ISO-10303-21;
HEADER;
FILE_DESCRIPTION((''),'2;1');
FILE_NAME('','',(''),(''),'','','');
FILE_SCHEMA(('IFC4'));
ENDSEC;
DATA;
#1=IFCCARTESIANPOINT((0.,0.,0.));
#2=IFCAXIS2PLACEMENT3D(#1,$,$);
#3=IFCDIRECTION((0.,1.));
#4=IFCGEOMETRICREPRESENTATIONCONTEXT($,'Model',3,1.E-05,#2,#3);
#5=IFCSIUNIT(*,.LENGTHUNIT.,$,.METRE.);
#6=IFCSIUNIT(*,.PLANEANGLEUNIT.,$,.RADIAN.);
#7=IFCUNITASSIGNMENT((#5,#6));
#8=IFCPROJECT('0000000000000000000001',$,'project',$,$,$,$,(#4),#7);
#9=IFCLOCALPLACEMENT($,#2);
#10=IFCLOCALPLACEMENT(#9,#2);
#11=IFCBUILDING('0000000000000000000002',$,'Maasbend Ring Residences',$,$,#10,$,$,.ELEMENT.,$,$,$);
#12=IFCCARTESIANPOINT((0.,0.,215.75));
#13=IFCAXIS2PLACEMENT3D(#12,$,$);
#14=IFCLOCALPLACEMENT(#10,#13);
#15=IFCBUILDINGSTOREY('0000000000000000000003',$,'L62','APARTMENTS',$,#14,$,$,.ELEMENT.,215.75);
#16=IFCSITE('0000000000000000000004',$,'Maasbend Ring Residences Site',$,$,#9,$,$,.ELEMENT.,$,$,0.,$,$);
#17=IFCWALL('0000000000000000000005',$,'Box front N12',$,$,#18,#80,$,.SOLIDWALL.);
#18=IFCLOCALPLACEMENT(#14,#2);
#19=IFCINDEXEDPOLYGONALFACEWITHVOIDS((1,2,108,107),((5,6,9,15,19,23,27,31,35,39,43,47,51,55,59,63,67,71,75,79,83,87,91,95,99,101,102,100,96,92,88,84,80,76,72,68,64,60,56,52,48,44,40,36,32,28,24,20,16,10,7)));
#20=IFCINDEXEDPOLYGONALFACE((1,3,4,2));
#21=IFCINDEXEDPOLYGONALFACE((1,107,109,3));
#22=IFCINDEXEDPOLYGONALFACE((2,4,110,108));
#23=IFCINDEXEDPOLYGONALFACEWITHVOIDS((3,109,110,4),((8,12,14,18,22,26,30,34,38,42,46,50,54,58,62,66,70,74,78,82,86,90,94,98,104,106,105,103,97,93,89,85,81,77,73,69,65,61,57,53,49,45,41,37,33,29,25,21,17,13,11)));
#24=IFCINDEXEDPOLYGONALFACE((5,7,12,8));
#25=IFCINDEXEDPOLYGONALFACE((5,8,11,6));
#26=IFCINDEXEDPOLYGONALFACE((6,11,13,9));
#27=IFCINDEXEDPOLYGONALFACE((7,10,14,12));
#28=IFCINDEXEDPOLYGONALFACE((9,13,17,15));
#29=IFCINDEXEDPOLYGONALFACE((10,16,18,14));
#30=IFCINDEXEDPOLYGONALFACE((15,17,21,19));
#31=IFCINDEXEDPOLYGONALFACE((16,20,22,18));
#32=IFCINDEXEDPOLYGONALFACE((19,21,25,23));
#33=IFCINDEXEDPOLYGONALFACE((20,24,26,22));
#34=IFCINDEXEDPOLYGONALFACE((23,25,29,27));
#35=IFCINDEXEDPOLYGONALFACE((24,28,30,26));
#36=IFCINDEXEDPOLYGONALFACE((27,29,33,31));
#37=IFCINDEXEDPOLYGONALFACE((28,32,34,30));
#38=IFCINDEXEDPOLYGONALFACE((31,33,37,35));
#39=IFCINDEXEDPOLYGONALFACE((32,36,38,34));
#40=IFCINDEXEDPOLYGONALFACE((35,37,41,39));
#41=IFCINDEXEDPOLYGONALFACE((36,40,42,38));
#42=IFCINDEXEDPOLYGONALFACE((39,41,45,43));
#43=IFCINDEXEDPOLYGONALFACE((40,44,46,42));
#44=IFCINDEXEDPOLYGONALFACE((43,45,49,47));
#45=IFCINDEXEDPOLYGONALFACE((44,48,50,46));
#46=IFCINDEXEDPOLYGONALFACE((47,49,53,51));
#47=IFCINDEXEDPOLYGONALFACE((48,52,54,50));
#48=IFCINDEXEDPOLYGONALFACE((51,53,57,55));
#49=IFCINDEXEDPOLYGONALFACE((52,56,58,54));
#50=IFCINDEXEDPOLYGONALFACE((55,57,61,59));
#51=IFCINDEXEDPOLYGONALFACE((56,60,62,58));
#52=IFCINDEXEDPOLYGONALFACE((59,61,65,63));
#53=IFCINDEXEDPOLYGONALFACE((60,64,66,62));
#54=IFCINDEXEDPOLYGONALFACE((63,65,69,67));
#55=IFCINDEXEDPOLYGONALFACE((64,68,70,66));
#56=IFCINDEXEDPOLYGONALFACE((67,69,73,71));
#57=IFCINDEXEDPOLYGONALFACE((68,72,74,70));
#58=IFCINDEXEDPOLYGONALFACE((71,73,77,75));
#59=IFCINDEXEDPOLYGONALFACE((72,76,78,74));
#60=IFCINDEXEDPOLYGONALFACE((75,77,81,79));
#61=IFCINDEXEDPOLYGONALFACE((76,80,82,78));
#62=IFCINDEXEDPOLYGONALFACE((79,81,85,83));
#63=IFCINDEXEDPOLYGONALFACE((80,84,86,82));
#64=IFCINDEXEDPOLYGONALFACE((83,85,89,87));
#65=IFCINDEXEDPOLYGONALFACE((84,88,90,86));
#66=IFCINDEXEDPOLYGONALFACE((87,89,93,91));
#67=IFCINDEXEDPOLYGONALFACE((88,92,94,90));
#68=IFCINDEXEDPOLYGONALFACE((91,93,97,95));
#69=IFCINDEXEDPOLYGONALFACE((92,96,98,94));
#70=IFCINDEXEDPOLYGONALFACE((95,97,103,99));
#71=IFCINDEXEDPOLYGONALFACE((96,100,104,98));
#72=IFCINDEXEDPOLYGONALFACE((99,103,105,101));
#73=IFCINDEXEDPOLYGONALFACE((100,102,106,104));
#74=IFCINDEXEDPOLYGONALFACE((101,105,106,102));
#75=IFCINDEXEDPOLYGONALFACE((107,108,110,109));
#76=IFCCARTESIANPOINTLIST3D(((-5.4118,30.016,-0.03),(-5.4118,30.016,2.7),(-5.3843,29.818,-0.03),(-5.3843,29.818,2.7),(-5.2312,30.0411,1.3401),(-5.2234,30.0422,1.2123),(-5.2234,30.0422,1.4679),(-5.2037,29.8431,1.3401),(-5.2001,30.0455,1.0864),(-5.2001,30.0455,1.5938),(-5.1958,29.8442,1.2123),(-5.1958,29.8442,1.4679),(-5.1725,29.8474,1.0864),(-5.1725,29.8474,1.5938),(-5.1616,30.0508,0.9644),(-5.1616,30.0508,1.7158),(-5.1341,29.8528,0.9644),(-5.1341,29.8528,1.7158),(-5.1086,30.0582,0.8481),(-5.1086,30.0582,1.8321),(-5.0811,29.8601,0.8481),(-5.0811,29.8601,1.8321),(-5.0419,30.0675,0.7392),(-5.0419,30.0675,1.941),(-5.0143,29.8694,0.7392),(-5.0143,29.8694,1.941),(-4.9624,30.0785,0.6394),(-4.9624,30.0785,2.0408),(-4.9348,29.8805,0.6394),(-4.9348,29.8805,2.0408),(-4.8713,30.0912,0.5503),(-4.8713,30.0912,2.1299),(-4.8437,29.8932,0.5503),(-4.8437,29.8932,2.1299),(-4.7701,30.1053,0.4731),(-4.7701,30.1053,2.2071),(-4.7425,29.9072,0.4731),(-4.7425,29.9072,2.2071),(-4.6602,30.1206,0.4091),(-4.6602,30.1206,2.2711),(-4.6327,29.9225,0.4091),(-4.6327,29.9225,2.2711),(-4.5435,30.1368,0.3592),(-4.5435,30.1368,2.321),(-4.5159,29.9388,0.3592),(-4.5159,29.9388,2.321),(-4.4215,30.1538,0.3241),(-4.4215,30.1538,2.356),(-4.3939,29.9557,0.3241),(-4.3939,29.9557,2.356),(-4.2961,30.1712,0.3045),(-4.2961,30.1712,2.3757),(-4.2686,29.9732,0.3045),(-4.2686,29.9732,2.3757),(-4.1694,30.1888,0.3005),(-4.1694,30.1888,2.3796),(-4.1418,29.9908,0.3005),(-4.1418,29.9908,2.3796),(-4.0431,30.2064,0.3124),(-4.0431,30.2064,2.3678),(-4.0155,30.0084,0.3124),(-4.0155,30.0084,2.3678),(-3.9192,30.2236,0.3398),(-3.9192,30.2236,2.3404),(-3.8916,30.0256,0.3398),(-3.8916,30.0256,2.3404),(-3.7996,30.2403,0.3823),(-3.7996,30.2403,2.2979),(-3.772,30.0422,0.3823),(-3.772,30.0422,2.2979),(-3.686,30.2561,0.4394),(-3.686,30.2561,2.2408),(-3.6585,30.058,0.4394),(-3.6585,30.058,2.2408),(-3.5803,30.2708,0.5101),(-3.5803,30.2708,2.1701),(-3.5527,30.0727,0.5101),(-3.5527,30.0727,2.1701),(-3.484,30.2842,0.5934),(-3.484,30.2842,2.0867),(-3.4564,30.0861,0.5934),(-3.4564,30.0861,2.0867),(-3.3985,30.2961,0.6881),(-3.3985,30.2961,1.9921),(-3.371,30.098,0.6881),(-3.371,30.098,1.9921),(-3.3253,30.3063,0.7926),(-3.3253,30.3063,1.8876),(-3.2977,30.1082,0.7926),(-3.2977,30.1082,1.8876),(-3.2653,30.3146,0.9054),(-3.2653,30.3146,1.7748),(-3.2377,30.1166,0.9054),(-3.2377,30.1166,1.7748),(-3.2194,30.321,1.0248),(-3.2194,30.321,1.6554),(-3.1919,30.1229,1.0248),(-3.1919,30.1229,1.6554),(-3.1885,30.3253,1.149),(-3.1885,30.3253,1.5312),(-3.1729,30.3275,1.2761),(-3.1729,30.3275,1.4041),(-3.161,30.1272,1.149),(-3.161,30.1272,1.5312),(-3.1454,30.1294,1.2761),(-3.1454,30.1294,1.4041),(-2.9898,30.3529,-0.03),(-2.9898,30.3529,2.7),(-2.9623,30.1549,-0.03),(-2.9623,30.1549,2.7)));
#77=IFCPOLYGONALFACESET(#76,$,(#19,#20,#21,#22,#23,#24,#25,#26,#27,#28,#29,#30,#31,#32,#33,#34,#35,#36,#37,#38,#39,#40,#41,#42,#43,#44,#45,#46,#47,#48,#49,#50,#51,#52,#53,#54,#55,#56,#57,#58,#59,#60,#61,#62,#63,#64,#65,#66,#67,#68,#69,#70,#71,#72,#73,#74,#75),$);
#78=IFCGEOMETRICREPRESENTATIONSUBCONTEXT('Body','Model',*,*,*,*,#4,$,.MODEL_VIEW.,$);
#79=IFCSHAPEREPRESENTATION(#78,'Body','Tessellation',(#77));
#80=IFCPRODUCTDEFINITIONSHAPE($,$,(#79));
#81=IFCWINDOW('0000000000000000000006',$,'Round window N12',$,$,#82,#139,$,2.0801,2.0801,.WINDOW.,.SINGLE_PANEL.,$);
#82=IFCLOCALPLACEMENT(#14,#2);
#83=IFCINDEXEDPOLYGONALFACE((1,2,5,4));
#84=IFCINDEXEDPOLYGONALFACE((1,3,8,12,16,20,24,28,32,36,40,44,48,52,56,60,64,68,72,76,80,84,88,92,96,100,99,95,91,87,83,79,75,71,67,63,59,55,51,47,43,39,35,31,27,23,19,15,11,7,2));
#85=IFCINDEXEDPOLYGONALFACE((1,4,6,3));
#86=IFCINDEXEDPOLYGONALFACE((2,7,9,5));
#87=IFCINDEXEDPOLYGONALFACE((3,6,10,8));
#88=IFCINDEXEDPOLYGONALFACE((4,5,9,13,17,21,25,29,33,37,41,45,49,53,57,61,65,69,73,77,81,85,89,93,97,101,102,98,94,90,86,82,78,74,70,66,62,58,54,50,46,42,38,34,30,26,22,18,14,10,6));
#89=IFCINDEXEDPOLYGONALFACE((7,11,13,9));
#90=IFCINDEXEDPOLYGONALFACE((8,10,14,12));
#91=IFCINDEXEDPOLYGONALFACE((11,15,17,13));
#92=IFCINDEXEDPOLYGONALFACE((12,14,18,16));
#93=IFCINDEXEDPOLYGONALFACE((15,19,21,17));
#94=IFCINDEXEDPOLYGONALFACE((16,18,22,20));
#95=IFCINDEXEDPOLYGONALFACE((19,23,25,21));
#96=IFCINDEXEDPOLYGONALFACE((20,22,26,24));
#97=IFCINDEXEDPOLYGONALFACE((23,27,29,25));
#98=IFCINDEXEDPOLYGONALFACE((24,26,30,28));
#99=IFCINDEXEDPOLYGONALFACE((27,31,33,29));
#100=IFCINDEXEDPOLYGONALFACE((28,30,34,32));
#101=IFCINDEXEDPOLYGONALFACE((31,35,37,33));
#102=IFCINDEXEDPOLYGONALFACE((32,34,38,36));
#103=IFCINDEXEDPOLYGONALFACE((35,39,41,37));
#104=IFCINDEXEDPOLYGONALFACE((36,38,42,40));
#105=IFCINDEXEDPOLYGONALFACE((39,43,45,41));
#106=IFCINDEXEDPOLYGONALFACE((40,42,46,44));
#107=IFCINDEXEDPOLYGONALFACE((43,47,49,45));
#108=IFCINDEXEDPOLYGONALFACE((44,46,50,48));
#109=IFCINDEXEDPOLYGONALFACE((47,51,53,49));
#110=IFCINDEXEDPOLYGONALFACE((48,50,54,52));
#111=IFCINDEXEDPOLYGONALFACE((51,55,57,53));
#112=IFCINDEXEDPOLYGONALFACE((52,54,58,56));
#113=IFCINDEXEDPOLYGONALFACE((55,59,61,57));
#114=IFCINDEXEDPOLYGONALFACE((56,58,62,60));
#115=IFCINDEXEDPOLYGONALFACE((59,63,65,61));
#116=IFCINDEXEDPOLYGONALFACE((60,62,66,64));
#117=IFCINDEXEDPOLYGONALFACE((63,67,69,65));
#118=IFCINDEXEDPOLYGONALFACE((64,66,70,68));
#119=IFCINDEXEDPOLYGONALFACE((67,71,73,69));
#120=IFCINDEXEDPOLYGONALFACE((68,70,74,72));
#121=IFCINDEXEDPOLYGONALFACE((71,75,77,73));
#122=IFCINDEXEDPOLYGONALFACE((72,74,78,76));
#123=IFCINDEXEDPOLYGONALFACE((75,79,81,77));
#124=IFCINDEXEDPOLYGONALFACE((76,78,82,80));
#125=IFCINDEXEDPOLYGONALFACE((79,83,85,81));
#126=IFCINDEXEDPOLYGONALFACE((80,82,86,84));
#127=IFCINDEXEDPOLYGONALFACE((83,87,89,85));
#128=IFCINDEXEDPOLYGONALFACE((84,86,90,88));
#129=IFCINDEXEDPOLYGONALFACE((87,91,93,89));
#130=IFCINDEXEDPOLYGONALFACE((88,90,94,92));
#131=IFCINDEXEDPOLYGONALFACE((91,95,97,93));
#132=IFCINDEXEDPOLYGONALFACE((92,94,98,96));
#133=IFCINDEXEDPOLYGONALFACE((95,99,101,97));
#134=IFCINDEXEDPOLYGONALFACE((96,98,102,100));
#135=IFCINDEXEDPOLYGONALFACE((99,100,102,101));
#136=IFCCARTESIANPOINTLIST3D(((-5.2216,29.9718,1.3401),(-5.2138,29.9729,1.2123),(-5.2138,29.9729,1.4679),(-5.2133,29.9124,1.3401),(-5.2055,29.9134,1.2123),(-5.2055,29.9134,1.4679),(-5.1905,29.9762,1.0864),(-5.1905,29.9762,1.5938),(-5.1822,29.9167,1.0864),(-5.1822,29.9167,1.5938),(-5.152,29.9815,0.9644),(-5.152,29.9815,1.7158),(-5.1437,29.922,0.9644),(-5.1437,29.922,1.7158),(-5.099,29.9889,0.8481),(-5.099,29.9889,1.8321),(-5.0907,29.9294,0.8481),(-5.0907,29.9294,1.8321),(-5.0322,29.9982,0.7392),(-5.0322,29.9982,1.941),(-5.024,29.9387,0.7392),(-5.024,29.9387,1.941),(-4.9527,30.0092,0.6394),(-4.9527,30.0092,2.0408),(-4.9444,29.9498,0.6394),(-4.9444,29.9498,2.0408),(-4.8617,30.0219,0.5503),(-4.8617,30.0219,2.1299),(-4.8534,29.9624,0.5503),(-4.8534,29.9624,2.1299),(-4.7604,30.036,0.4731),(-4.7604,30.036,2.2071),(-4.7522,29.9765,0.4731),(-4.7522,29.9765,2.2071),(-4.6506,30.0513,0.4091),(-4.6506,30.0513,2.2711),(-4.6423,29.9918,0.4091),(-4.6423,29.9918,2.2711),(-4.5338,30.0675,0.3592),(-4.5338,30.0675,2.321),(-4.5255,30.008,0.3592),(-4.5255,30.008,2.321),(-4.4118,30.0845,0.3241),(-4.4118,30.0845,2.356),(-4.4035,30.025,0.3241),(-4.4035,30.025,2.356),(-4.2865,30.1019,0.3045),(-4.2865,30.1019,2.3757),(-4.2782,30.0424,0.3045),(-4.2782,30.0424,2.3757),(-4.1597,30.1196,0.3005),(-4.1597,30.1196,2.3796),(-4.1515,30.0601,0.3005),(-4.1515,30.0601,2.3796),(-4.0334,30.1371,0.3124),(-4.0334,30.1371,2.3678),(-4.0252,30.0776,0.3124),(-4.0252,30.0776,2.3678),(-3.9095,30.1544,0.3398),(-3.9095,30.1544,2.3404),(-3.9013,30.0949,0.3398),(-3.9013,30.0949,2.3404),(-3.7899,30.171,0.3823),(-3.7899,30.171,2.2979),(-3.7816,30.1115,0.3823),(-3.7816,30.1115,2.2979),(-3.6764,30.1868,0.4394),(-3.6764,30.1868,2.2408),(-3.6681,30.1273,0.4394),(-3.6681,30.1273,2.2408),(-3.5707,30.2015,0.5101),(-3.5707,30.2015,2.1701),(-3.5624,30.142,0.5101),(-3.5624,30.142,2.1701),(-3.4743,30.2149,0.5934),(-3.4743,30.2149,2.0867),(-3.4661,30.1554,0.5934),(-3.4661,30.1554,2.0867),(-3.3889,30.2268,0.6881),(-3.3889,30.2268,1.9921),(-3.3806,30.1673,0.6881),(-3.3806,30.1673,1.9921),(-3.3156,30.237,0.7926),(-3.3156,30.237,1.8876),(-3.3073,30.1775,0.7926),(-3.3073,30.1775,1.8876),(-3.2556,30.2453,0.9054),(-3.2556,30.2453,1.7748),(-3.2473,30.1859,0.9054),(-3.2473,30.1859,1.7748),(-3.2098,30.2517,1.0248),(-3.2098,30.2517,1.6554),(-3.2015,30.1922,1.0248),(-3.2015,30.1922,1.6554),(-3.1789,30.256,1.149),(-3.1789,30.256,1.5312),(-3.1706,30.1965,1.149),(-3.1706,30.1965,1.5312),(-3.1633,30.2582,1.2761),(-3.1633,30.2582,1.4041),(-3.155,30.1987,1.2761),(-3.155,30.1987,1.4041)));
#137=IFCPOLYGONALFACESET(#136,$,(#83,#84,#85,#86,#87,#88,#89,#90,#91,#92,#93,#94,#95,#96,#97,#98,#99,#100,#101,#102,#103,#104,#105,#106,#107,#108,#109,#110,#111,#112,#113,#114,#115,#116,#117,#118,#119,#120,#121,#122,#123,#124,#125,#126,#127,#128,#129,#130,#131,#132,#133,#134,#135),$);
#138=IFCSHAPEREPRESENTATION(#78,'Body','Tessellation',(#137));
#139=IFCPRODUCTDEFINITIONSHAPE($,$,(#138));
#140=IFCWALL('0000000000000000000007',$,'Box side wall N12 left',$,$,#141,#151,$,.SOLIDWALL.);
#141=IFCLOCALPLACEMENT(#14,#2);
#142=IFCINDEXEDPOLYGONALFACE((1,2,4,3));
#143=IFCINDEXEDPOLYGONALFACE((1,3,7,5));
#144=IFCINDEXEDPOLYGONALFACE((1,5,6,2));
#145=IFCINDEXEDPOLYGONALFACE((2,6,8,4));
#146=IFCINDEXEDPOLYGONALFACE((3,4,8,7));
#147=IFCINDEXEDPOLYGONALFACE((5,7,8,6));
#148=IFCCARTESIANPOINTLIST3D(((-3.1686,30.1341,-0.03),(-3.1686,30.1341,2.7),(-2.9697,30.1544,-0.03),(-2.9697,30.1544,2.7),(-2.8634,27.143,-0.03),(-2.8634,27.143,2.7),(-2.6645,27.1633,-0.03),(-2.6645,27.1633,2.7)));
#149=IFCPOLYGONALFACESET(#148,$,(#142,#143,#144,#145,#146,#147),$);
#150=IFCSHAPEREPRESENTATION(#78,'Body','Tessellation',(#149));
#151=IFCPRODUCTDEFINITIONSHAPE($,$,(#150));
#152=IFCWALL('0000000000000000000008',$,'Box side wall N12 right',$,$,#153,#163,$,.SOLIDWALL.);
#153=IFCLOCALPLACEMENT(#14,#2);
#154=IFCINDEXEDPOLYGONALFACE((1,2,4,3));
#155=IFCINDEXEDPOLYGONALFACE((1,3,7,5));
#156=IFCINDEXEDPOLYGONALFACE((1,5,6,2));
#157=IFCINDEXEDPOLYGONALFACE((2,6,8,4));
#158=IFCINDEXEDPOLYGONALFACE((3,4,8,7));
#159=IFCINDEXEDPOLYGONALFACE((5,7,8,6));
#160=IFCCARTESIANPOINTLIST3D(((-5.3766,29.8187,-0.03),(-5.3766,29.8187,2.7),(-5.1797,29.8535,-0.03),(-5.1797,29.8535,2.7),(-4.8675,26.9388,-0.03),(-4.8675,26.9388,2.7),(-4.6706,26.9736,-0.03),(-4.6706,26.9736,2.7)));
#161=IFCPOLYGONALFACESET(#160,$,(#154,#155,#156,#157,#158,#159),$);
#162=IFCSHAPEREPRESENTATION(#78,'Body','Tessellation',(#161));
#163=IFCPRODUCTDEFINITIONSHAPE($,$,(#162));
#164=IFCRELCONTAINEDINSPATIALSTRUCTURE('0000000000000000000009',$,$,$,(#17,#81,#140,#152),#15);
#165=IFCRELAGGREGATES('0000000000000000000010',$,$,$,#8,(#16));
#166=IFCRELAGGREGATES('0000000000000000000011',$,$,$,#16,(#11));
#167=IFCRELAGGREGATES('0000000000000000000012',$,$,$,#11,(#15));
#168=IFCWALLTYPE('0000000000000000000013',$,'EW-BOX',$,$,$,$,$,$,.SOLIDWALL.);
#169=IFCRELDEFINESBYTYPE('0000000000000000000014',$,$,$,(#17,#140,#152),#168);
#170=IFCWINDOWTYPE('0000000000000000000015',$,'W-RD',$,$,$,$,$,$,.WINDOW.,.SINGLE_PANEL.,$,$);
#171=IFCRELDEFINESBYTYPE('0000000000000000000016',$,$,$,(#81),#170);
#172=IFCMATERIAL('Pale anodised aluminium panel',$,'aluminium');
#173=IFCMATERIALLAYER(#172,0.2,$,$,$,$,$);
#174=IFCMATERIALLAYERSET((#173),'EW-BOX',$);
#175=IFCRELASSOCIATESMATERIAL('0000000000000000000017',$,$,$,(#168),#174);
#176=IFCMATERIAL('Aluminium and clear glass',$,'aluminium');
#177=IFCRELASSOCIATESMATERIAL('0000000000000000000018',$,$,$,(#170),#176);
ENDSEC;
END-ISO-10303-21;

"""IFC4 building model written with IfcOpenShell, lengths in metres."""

from ifc_helpers import new_model, si_unit, direction, frame, frame_2d, origin, place, context, subcontext, project, spatial, rectangle, circle, extrude, material, layer, layer_set, type_object, element, fill, save


model = new_model("IFC4")

# Units and contexts
model_context = context("Model", 3, precision=1e-05, world=origin(), true_north=direction((0.0, 1.0)))
body_context = subcontext(model_context, "Body", "Model", "MODEL_VIEW")
ifc_project = project(units=[si_unit("LENGTHUNIT", "METRE"), si_unit("PLANEANGLEUNIT", "RADIAN")], contexts=[model_context])

# Site, building, storey
site_placement = place(None, origin())
site = spatial("IfcSite", under=ifc_project, at=site_placement, Name="Maasbend Ring Residences Site", CompositionType="ELEMENT", RefElevation=0.0)
building_placement = place(site_placement, origin())
building = spatial("IfcBuilding", under=site, at=building_placement, Name="Maasbend Ring Residences", CompositionType="ELEMENT")
storey_placement = place(building_placement, frame((0.0, 0.0, 215.75)))
storey = spatial("IfcBuildingStorey", under=building, at=storey_placement, Name="L62", Description="APARTMENTS", CompositionType="ELEMENT", Elevation=215.75)

# Wall, opening, window
ifc_material_1 = material(Name="Pale anodised aluminium panel", Category="aluminium")
ifc_layer_1 = layer(ifc_material_1, 0.2)
ifc_layer_set_1 = layer_set([ifc_layer_1], Name="EW-BOX")
wall_type_1 = type_object("IfcWallType", Name="EW-BOX", PredefinedType="SOLIDWALL", material=ifc_layer_set_1)
wall_1_placement = place(storey_placement, frame((-2.9761, 30.2539, -0.03), z_axis=(0.0, 0.0, 1.0), x_axis=(-0.990462, -0.137786, 0.0)))
wall_1 = element("IfcWall", 1, at=wall_1_placement, inside=storey, type_object=wall_type_1, Name="Box front N12", PredefinedType="SOLIDWALL", context=body_context, shape_type="SweptSolid", body=[
    extrude(rectangle(XDim=2.4453, YDim=0.2, at=frame_2d((1.2227, 0.0))), origin(), (0.0, 0.0, 1.0), 2.73),
])
opening_1_placement = place(wall_1_placement, frame((0.1829, 0.0, 0.3301)))
opening_1 = element("IfcOpeningElement", 2, at=opening_1_placement, cuts=wall_1, PredefinedType="OPENING", context=body_context, shape_type="SweptSolid", body=[
    extrude(circle(Radius=1.04, at=frame_2d((1.04, 1.04))), frame((0.0, 0.1099, 0.0), z_axis=(0.0, -1.0, 0.0), x_axis=(1.0, 0.0, 0.0)), (0.0, 0.0, 1.0), 0.22),
])
ifc_material_2 = material(Name="Aluminium and clear glass", Category="aluminium")
window_type_1 = type_object("IfcWindowType", Name="W-RD", PartitioningType="SINGLE_PANEL", PredefinedType="WINDOW", material=ifc_material_2)
window_1_placement = place(opening_1_placement, origin())
window_1 = element("IfcWindow", 3, at=window_1_placement, inside=storey, type_object=window_type_1, Name="Round window N12", OverallHeight=2.0801, OverallWidth=2.0801, PartitioningType="SINGLE_PANEL", PredefinedType="WINDOW", context=body_context, shape_type="SweptSolid", body=[
    extrude(circle(Radius=1.04, at=frame_2d((1.04, 1.04))), frame((0.0, 0.03, 0.0), z_axis=(0.0, -1.0, 0.0), x_axis=(1.0, 0.0, 0.0)), (0.0, 0.0, 1.0), 0.0601),
])
fill(opening_1, window_1)

# Walls
wall_2_placement = place(storey_placement, frame((-2.7639, 27.1531, -0.03), z_axis=(0.0, 0.0, 1.0), x_axis=(-0.101505, 0.994835, 0.0)))
element("IfcWall", 4, at=wall_2_placement, inside=storey, type_object=wall_type_1, Name="Box side wall N12 left", PredefinedType="SOLIDWALL", context=body_context, shape_type="SweptSolid", body=[
    extrude(rectangle(XDim=3.0066, YDim=0.2, at=frame_2d((1.5034, 0.0))), origin(), (0.0, 0.0, 1.0), 2.73),
])
wall_3_placement = place(storey_placement, frame((-4.769, 26.9561, -0.03), z_axis=(0.0, 0.0, 1.0), x_axis=(-0.174057, 0.984736, 0.0)))
element("IfcWall", 5, at=wall_3_placement, inside=storey, type_object=wall_type_1, Name="Box side wall N12 right", PredefinedType="SOLIDWALL", context=body_context, shape_type="SweptSolid", body=[
    extrude(rectangle(XDim=2.9246, YDim=0.2, at=frame_2d((1.4624, 0.0))), origin(), (0.0, 0.0, 1.0), 2.73),
])

save(model, "model.ifc")
